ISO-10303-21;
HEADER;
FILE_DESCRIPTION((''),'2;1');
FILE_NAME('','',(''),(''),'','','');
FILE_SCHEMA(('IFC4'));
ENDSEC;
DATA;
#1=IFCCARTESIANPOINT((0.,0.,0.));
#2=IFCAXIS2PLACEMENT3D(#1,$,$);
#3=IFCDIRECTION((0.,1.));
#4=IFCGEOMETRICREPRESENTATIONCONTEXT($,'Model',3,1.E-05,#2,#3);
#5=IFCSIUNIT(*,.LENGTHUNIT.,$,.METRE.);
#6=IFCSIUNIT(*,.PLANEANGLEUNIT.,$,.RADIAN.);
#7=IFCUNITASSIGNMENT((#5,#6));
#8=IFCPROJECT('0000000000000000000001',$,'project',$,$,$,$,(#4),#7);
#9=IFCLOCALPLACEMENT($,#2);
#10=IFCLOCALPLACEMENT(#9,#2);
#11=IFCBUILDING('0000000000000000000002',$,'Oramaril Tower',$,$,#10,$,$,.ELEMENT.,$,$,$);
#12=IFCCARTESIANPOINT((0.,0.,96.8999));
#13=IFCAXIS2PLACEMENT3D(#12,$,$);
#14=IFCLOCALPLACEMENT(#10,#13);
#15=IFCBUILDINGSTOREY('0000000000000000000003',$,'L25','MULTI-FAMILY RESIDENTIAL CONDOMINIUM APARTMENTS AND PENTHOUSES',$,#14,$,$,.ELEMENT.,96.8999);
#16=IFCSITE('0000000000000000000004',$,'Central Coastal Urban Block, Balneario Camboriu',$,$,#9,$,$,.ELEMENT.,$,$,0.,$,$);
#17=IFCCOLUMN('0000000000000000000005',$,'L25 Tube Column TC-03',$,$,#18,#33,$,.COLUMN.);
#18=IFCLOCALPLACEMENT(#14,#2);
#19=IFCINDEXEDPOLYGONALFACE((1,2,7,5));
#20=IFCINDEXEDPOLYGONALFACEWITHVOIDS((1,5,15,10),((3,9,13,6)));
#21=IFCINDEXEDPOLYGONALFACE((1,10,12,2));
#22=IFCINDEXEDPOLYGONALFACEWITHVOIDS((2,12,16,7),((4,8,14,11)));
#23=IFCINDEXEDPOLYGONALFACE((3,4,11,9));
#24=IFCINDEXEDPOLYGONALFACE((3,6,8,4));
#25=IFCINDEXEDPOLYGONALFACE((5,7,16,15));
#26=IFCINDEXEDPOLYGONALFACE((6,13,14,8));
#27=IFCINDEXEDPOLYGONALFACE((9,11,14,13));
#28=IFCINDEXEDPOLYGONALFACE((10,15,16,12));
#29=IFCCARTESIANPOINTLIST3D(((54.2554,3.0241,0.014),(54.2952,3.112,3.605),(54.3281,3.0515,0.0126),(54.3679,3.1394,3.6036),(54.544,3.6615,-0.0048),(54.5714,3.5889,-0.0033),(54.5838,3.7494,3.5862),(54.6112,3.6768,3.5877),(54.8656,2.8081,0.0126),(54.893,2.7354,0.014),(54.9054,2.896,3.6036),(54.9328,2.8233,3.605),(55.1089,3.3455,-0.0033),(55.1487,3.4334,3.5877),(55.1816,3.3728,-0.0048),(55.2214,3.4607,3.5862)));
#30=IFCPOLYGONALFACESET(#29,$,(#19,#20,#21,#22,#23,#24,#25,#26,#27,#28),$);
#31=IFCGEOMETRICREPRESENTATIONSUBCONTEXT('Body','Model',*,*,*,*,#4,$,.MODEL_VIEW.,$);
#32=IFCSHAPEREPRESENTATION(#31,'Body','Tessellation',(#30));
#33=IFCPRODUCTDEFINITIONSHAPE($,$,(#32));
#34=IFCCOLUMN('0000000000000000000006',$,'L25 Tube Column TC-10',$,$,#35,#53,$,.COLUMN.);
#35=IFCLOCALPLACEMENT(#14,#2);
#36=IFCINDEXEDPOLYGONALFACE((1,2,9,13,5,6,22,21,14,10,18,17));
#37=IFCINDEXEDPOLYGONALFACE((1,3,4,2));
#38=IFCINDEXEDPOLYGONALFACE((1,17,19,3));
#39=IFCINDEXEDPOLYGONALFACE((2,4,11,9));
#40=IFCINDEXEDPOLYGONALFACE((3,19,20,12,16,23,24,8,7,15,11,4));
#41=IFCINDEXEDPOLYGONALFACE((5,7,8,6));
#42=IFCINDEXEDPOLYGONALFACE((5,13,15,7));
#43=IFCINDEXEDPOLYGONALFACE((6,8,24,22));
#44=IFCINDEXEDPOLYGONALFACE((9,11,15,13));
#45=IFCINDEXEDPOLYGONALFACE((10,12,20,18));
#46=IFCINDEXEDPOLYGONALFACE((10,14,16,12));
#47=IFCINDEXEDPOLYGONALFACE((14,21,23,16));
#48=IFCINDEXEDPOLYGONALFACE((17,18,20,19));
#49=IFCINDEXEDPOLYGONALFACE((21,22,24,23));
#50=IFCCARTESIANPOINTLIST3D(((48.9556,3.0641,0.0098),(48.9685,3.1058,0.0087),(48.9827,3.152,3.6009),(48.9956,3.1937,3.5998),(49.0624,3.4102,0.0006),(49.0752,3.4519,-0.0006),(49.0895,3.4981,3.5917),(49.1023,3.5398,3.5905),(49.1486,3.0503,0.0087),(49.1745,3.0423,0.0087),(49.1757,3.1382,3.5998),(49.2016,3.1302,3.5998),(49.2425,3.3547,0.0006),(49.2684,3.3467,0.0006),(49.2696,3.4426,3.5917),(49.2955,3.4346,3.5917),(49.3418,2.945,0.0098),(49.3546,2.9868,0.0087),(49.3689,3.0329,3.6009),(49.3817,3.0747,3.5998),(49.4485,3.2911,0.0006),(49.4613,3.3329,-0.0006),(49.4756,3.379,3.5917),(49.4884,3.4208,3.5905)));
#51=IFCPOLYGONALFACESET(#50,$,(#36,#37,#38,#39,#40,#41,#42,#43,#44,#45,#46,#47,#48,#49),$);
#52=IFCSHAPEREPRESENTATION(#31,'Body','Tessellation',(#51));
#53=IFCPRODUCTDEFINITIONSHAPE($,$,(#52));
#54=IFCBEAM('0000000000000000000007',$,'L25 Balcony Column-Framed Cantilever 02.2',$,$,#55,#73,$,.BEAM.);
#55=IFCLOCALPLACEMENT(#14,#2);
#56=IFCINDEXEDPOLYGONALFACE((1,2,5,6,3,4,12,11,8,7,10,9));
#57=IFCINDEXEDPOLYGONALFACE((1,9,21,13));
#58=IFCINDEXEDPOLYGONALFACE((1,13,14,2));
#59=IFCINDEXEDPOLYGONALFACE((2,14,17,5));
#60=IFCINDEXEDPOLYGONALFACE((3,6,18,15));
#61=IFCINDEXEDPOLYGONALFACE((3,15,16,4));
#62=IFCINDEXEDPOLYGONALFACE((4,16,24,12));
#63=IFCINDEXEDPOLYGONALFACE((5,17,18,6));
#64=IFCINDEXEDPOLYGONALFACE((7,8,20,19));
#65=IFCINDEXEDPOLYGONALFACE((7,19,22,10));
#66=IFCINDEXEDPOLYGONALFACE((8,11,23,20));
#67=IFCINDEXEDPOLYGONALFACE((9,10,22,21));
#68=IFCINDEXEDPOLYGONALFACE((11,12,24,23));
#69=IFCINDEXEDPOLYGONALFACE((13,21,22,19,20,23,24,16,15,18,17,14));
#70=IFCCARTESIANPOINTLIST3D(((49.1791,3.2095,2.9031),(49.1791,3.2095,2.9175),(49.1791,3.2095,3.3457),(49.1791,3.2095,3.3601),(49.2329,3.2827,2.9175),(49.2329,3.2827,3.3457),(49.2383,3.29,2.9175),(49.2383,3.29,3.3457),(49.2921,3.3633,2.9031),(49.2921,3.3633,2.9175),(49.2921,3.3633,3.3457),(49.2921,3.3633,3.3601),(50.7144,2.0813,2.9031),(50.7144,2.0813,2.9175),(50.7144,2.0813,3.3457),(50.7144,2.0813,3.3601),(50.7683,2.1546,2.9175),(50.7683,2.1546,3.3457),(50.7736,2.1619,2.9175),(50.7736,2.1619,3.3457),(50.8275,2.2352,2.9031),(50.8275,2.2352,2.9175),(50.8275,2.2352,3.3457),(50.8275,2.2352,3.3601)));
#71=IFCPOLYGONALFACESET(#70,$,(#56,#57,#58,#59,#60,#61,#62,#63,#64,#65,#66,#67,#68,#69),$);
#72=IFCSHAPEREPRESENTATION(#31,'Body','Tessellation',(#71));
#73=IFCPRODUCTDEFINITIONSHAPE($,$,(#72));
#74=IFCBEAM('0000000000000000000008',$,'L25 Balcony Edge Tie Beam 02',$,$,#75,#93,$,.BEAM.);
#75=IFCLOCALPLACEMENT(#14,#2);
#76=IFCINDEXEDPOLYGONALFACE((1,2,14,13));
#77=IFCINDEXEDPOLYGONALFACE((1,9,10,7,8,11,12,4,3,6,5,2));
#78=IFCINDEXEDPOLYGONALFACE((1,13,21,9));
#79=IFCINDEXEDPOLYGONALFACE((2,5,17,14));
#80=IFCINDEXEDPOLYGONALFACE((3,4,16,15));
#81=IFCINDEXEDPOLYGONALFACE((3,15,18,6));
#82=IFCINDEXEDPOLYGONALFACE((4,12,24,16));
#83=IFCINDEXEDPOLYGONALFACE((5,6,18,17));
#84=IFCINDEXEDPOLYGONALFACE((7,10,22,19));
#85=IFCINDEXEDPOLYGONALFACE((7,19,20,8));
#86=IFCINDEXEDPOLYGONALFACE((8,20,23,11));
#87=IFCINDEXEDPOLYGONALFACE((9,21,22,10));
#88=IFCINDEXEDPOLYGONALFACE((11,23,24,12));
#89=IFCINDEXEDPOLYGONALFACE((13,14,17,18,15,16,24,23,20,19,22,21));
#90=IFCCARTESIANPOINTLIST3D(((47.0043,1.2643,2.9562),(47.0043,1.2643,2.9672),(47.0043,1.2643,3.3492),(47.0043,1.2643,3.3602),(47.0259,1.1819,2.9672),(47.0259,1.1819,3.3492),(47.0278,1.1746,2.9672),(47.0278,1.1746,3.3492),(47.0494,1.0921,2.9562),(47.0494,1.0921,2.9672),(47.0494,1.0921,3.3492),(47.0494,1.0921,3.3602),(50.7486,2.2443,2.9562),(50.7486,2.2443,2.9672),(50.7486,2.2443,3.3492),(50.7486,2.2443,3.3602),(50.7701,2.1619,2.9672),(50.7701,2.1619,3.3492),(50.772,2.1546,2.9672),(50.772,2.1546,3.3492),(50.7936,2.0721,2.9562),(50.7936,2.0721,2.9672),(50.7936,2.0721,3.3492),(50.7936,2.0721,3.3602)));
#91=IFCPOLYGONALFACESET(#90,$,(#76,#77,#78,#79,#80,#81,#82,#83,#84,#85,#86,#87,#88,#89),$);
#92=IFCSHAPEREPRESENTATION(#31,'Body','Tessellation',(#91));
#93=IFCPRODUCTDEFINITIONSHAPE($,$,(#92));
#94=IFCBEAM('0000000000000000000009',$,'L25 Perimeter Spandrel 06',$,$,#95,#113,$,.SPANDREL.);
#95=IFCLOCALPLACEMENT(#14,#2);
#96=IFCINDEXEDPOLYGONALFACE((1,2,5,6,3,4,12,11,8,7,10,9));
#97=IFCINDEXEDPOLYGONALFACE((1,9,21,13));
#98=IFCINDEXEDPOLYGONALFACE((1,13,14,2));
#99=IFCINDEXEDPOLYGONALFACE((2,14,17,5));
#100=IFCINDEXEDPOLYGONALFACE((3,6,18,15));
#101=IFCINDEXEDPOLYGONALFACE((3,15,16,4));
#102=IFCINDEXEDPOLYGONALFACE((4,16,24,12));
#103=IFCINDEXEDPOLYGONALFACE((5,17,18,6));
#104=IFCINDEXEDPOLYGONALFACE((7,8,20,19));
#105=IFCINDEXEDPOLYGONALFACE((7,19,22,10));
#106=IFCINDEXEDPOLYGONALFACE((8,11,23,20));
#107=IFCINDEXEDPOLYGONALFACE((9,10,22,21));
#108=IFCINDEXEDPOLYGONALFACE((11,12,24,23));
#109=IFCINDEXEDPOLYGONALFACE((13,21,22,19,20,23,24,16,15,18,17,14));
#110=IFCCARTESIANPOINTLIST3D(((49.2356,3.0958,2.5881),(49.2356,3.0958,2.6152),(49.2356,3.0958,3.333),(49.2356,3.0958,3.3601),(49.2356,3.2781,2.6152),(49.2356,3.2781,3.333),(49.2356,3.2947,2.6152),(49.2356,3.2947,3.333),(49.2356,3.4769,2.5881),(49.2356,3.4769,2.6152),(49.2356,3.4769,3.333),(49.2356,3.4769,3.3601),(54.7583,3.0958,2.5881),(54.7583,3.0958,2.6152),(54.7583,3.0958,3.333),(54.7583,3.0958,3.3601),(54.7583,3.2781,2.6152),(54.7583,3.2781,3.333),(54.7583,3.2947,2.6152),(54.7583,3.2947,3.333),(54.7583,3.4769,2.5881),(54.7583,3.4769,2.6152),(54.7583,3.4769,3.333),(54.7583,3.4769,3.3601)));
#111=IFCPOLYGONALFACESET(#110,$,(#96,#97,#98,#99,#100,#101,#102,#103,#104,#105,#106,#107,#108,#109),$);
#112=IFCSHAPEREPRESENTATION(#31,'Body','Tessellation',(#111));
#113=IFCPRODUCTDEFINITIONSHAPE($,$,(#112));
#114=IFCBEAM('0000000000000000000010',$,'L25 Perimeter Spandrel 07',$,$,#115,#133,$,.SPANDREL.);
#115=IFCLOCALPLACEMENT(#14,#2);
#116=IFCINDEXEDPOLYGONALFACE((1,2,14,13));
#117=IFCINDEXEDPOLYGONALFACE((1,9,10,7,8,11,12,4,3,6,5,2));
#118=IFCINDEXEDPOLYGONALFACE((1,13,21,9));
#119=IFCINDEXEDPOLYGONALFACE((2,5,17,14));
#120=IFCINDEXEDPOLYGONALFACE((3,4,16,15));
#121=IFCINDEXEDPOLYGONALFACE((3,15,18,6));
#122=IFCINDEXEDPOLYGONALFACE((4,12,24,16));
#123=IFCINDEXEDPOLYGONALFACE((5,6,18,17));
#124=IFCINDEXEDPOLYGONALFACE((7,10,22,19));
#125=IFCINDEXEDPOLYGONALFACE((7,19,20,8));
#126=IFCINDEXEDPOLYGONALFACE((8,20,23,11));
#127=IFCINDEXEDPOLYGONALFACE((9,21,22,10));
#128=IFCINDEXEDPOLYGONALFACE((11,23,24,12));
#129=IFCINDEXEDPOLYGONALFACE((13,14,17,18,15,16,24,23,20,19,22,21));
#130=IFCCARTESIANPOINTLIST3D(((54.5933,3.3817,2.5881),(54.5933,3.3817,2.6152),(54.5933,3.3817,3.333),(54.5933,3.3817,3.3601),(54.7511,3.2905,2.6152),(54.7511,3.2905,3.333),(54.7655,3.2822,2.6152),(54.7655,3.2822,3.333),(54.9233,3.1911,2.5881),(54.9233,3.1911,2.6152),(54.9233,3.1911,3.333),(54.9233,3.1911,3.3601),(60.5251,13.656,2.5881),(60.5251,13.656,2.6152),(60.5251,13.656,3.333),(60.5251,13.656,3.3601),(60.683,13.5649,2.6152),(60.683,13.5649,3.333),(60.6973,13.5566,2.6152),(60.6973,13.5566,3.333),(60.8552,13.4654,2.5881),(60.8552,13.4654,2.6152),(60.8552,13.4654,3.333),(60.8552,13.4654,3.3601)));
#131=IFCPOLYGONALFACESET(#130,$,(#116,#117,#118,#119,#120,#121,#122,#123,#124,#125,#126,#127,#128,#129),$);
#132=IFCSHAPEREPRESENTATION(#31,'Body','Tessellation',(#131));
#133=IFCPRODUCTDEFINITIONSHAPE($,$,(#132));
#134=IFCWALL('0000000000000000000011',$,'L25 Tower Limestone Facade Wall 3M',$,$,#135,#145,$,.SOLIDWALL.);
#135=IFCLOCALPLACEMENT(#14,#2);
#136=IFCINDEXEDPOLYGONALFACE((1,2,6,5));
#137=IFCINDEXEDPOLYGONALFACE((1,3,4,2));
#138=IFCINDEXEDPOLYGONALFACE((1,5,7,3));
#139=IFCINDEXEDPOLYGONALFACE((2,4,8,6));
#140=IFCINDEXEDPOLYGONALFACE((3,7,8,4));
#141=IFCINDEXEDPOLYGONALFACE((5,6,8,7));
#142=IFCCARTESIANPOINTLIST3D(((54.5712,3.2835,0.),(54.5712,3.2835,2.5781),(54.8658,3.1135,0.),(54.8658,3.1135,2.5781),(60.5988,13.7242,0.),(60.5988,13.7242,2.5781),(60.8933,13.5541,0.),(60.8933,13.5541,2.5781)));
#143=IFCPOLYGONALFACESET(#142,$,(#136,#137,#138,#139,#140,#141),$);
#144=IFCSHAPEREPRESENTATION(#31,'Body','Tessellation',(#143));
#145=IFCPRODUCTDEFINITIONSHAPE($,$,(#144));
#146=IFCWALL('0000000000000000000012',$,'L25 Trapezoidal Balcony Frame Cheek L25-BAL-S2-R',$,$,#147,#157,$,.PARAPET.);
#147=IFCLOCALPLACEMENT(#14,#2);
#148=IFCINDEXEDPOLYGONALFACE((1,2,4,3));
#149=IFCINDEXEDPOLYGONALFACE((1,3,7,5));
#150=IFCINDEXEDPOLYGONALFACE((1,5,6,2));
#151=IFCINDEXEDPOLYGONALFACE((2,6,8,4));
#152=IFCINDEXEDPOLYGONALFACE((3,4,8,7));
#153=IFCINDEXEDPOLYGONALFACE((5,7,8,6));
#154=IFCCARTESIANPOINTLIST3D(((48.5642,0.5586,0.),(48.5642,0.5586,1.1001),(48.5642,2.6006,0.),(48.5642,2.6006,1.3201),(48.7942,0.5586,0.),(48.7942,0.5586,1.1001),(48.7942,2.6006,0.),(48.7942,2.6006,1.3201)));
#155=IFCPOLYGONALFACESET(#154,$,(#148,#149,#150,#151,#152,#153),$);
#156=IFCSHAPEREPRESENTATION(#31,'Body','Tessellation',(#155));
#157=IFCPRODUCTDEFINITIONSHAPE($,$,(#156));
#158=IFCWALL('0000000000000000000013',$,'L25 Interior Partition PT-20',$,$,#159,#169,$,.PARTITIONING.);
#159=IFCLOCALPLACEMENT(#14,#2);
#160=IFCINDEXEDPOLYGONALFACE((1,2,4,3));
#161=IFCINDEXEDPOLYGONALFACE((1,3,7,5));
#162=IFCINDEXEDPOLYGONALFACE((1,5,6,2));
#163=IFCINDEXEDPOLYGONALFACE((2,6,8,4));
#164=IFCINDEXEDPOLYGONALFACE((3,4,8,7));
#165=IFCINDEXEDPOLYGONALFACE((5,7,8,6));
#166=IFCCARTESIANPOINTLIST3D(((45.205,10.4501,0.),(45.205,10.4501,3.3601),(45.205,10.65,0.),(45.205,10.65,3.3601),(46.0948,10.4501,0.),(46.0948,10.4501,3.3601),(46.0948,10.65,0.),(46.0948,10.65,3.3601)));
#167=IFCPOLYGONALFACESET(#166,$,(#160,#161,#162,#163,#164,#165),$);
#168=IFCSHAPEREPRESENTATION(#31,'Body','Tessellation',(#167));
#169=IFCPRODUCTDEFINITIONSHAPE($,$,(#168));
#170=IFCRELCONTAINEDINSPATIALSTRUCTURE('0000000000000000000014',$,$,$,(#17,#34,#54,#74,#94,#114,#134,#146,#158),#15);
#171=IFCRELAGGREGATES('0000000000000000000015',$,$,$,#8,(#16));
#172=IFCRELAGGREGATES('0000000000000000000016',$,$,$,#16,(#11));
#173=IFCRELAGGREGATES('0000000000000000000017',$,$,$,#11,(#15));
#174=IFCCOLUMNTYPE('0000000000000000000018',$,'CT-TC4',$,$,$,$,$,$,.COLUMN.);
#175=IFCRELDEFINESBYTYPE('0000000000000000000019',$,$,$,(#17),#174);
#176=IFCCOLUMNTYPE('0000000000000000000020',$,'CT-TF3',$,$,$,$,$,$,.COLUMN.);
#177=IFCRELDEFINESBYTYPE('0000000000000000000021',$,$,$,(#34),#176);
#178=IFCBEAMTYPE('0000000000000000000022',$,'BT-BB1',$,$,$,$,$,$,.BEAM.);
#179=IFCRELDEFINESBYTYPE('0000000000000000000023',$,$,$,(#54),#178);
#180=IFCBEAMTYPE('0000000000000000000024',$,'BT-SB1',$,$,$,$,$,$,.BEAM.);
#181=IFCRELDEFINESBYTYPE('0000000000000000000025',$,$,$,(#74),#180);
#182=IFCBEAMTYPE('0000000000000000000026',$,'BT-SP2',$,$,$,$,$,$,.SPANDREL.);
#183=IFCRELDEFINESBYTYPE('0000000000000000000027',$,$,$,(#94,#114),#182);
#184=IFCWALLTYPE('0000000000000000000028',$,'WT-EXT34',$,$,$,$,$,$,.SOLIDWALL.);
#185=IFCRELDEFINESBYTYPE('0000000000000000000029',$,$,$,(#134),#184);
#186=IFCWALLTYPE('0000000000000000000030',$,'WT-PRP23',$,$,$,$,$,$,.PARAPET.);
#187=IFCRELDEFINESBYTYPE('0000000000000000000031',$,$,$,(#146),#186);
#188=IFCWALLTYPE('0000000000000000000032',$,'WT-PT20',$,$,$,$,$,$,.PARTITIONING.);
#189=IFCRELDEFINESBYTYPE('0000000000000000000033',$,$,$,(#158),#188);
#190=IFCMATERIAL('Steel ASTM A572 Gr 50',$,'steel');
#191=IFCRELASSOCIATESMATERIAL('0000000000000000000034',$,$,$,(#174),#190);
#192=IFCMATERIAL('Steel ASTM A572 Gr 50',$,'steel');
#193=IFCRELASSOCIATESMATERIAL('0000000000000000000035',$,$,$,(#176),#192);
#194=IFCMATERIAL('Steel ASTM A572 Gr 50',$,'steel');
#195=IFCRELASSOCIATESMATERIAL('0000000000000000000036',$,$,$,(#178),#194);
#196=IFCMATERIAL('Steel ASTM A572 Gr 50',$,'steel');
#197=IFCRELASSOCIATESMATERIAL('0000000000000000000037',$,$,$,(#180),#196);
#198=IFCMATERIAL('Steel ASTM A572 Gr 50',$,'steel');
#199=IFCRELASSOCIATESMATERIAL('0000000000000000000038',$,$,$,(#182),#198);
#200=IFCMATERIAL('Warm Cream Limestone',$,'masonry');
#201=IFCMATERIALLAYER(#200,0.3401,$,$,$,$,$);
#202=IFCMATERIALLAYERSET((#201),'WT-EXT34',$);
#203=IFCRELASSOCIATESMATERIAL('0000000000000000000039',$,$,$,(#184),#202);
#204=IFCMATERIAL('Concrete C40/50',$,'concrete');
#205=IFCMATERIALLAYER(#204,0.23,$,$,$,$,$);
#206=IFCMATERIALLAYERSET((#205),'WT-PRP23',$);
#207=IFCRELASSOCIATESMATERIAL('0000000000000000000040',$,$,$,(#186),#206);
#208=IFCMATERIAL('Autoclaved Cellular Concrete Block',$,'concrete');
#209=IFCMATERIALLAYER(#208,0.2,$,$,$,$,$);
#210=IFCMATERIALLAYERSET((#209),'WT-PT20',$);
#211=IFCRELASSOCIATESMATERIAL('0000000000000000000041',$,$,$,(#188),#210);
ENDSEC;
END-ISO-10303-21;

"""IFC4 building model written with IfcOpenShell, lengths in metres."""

from ifc_helpers import new_model, si_unit, direction, frame, frame_2d, origin, origin_2d, place, context, subcontext, project, spatial, polyline, rectangle, hollow_rectangle, i_section, outline, extrude, material, layer, layer_set, material_profile, profile_set, type_object, element, save


model = new_model("IFC4")

# Units and contexts
model_context = context("Model", 3, precision=1e-05, world=origin(), true_north=direction((0.0, 1.0)))
body_context = subcontext(model_context, "Body", "Model", "MODEL_VIEW")
ifc_project = project(units=[si_unit("LENGTHUNIT", "METRE"), si_unit("PLANEANGLEUNIT", "RADIAN")], contexts=[model_context])

# Site, building, storey
site_placement = place(None, origin())
site = spatial("IfcSite", under=ifc_project, at=site_placement, Name="Central Coastal Urban Block, Balneario Camboriu", CompositionType="ELEMENT", RefElevation=0.0)
building_placement = place(site_placement, origin())
building = spatial("IfcBuilding", under=site, at=building_placement, Name="Oramaril Tower", CompositionType="ELEMENT")
storey_placement = place(building_placement, frame((0.0, 0.0, 96.8999)))
storey = spatial("IfcBuildingStorey", under=building, at=storey_placement, Name="L25", Description="MULTI-FAMILY RESIDENTIAL CONDOMINIUM APARTMENTS AND PENTHOUSES", CompositionType="ELEMENT", Elevation=96.8999)

# Columns
ifc_material_1 = material(Name="Steel ASTM A572 Gr 50", Category="steel")
ifc_material_profile_1 = material_profile(ifc_material_1, hollow_rectangle(XDim=0.7, YDim=0.7, WallThickness=0.0549, at=origin_2d()), Name="BOX700X700X55")
ifc_profile_set_1 = profile_set([ifc_material_profile_1], Name="Steel ASTM A572 Gr 50")
column_type_1 = type_object("IfcColumnType", Name="CT-TC4", PredefinedType="COLUMN", material=ifc_profile_set_1)
column_1_placement = place(storey_placement, frame((54.7185, 3.1985, 0.0046), z_axis=(0.011078, 0.024466, 0.999639), x_axis=(-0.910972, 0.412468, 0.0)))
element("IfcColumn", 1, at=column_1_placement, inside=storey, type_object=column_type_1, Name="L25 Tube Column TC-03", PredefinedType="COLUMN", context=body_context, shape_type="SweptSolid", body=[
    extrude(hollow_rectangle(XDim=0.7, YDim=0.7, WallThickness=0.0549, at=origin_2d()), origin(), (0.0, 0.0, 1.0), 3.5923),
])
ifc_material_2 = material(Name="Steel ASTM A572 Gr 50", Category="steel")
ifc_material_profile_2 = material_profile(ifc_material_2, i_section(OverallWidth=0.4041, OverallDepth=0.406, WebThickness=0.0271, FlangeThickness=0.0437, at=origin_2d()), Name="W14X233")
ifc_profile_set_2 = profile_set([ifc_material_profile_2], Name="Steel ASTM A572 Gr 50")
column_type_2 = type_object("IfcColumnType", Name="CT-TF3", PredefinedType="COLUMN", material=ifc_profile_set_2)
column_2_placement = place(storey_placement, frame((49.2085, 3.1985, 0.0046), z_axis=(0.007544, 0.024467, 0.999672), x_axis=(-0.955607, 0.294645, 0.0)))
element("IfcColumn", 2, at=column_2_placement, inside=storey, type_object=column_type_2, Name="L25 Tube Column TC-10", PredefinedType="COLUMN", context=body_context, shape_type="SweptSolid", body=[
    extrude(i_section(OverallWidth=0.4041, OverallDepth=0.406, WebThickness=0.0271, FlangeThickness=0.0437, at=origin_2d()), origin(), (0.0, 0.0, 1.0), 3.5923),
])

# Beams
ifc_material_3 = material(Name="Steel ASTM A572 Gr 50", Category="steel")
ifc_material_profile_3 = material_profile(ifc_material_3, i_section(OverallWidth=0.1909, OverallDepth=0.457, WebThickness=0.009, FlangeThickness=0.0144, at=origin_2d()), Name="W18X50")
ifc_profile_set_3 = profile_set([ifc_material_profile_3], Name="Steel ASTM A572 Gr 50")
beam_type_1 = type_object("IfcBeamType", Name="BT-BB1", PredefinedType="BEAM", material=ifc_profile_set_3)
beam_1_placement = place(storey_placement, frame((49.2356, 3.2864, 3.1316), z_axis=(0.805851, -0.592119, 0.0), x_axis=(0.592119, 0.805851, 0.0)))
element("IfcBeam", 3, at=beam_1_placement, inside=storey, type_object=beam_type_1, Name="L25 Balcony Column-Framed Cantilever 02.2", PredefinedType="BEAM", context=body_context, shape_type="SweptSolid", body=[
    extrude(i_section(OverallWidth=0.1909, OverallDepth=0.457, WebThickness=0.009, FlangeThickness=0.0144, at=origin_2d()), origin(), (0.0, 0.0, 1.0), 1.9053),
])
ifc_material_4 = material(Name="Steel ASTM A572 Gr 50", Category="steel")
ifc_material_profile_4 = material_profile(ifc_material_4, i_section(OverallWidth=0.178, OverallDepth=0.4041, WebThickness=0.0076, FlangeThickness=0.011, at=origin_2d()), Name="W16X36")
ifc_profile_set_4 = profile_set([ifc_material_profile_4], Name="Steel ASTM A572 Gr 50")
beam_type_2 = type_object("IfcBeamType", Name="BT-SB1", PredefinedType="BEAM", material=ifc_profile_set_4)
beam_2_placement = place(storey_placement, frame((47.0269, 1.1782, 3.1582), z_axis=(0.967412, 0.253208, 0.0), x_axis=(-0.253208, 0.967412, 0.0)))
element("IfcBeam", 4, at=beam_2_placement, inside=storey, type_object=beam_type_2, Name="L25 Balcony Edge Tie Beam 02", PredefinedType="BEAM", context=body_context, shape_type="SweptSolid", body=[
    extrude(i_section(OverallWidth=0.178, OverallDepth=0.4041, WebThickness=0.0076, FlangeThickness=0.011, at=origin_2d()), origin(), (0.0, 0.0, 1.0), 3.8704),
])
ifc_material_5 = material(Name="Steel ASTM A572 Gr 50", Category="steel")
ifc_material_profile_5 = material_profile(ifc_material_5, i_section(OverallWidth=0.3811, OverallDepth=0.772, WebThickness=0.0166, FlangeThickness=0.0271, at=origin_2d()), Name="W30X173")
ifc_profile_set_5 = profile_set([ifc_material_profile_5], Name="Steel ASTM A572 Gr 50")
beam_type_3 = type_object("IfcBeamType", Name="BT-SP2", PredefinedType="SPANDREL", material=ifc_profile_set_5)
beam_3_placement = place(storey_placement, frame((49.2356, 3.2864, 2.9741), z_axis=(1.0, 0.0, 0.0), x_axis=(0.0, 1.0, 0.0)))
element("IfcBeam", 5, at=beam_3_placement, inside=storey, type_object=beam_type_3, Name="L25 Perimeter Spandrel 06", PredefinedType="SPANDREL", context=body_context, shape_type="SweptSolid", body=[
    extrude(i_section(OverallWidth=0.3811, OverallDepth=0.772, WebThickness=0.0166, FlangeThickness=0.0271, at=origin_2d()), origin(), (0.0, 0.0, 1.0), 5.5227),
])
beam_4_placement = place(storey_placement, frame((54.7583, 3.2864, 2.9741), z_axis=(0.499997, 0.866027, 0.0), x_axis=(-0.866027, 0.499997, 0.0)))
element("IfcBeam", 6, at=beam_4_placement, inside=storey, type_object=beam_type_3, Name="L25 Perimeter Spandrel 07", PredefinedType="SPANDREL", context=body_context, shape_type="SweptSolid", body=[
    extrude(i_section(OverallWidth=0.3811, OverallDepth=0.772, WebThickness=0.0166, FlangeThickness=0.0271, at=origin_2d()), origin(), (0.0, 0.0, 1.0), 11.8638),
])

# Walls
ifc_material_6 = material(Name="Warm Cream Limestone", Category="masonry")
ifc_layer_1 = layer(ifc_material_6, 0.3401)
ifc_layer_set_1 = layer_set([ifc_layer_1], Name="WT-EXT34")
wall_type_1 = type_object("IfcWallType", Name="WT-EXT34", PredefinedType="SOLIDWALL", material=ifc_layer_set_1)
wall_1_placement = place(storey_placement, frame((54.7185, 3.1985, 0.0), z_axis=(0.0, 0.0, 1.0), x_axis=(0.499979, 0.866038, 0.0)))
element("IfcWall", 7, at=wall_1_placement, inside=storey, type_object=wall_type_1, Name="L25 Tower Limestone Facade Wall 3M", PredefinedType="SOLIDWALL", context=body_context, shape_type="SweptSolid", body=[
    extrude(rectangle(XDim=12.0557, YDim=0.3401, at=frame_2d((6.0278, 0.0))), origin(), (0.0, 0.0, 1.0), 2.5781),
])
ifc_material_7 = material(Name="Concrete C40/50", Category="concrete")
ifc_layer_2 = layer(ifc_material_7, 0.23)
ifc_layer_set_2 = layer_set([ifc_layer_2], Name="WT-PRP23")
wall_type_2 = type_object("IfcWallType", Name="WT-PRP23", PredefinedType="PARAPET", material=ifc_layer_set_2)
wall_2_placement = place(storey_placement, frame((48.6792, 2.6006, 0.0), z_axis=(0.0, 0.0, 1.0), x_axis=(0.0, -1.0, 0.0)))
element("IfcWall", 8, at=wall_2_placement, inside=storey, type_object=wall_type_2, Name="L25 Trapezoidal Balcony Frame Cheek L25-BAL-S2-R", PredefinedType="PARAPET", context=body_context, shape_type="SweptSolid", body=[
    extrude(outline(polyline([(0.0, 0.0), (2.042, 0.0), (2.042, 1.1001), (0.0, 1.3201), (0.0, 0.0)])), frame((0.0, 0.115, 0.0), z_axis=(0.0, -1.0, 0.0), x_axis=(1.0, 0.0, 0.0)), (0.0, 0.0, 1.0), 0.23),
])
ifc_material_8 = material(Name="Autoclaved Cellular Concrete Block", Category="concrete")
ifc_layer_3 = layer(ifc_material_8, 0.2)
ifc_layer_set_3 = layer_set([ifc_layer_3], Name="WT-PT20")
wall_type_3 = type_object("IfcWallType", Name="WT-PT20", PredefinedType="PARTITIONING", material=ifc_layer_set_3)
wall_3_placement = place(storey_placement, frame((45.2051, 10.55, 0.0), z_axis=(0.0, 0.0, 1.0), x_axis=(1.0, 0.0, 0.0)))
element("IfcWall", 9, at=wall_3_placement, inside=storey, type_object=wall_type_3, Name="L25 Interior Partition PT-20", PredefinedType="PARTITIONING", context=body_context, shape_type="SweptSolid", body=[
    extrude(rectangle(XDim=0.8899, YDim=0.2, at=frame_2d((0.4448, 0.0))), origin(), (0.0, 0.0, 1.0), 3.3601),
])

save(model, "model.ifc")
